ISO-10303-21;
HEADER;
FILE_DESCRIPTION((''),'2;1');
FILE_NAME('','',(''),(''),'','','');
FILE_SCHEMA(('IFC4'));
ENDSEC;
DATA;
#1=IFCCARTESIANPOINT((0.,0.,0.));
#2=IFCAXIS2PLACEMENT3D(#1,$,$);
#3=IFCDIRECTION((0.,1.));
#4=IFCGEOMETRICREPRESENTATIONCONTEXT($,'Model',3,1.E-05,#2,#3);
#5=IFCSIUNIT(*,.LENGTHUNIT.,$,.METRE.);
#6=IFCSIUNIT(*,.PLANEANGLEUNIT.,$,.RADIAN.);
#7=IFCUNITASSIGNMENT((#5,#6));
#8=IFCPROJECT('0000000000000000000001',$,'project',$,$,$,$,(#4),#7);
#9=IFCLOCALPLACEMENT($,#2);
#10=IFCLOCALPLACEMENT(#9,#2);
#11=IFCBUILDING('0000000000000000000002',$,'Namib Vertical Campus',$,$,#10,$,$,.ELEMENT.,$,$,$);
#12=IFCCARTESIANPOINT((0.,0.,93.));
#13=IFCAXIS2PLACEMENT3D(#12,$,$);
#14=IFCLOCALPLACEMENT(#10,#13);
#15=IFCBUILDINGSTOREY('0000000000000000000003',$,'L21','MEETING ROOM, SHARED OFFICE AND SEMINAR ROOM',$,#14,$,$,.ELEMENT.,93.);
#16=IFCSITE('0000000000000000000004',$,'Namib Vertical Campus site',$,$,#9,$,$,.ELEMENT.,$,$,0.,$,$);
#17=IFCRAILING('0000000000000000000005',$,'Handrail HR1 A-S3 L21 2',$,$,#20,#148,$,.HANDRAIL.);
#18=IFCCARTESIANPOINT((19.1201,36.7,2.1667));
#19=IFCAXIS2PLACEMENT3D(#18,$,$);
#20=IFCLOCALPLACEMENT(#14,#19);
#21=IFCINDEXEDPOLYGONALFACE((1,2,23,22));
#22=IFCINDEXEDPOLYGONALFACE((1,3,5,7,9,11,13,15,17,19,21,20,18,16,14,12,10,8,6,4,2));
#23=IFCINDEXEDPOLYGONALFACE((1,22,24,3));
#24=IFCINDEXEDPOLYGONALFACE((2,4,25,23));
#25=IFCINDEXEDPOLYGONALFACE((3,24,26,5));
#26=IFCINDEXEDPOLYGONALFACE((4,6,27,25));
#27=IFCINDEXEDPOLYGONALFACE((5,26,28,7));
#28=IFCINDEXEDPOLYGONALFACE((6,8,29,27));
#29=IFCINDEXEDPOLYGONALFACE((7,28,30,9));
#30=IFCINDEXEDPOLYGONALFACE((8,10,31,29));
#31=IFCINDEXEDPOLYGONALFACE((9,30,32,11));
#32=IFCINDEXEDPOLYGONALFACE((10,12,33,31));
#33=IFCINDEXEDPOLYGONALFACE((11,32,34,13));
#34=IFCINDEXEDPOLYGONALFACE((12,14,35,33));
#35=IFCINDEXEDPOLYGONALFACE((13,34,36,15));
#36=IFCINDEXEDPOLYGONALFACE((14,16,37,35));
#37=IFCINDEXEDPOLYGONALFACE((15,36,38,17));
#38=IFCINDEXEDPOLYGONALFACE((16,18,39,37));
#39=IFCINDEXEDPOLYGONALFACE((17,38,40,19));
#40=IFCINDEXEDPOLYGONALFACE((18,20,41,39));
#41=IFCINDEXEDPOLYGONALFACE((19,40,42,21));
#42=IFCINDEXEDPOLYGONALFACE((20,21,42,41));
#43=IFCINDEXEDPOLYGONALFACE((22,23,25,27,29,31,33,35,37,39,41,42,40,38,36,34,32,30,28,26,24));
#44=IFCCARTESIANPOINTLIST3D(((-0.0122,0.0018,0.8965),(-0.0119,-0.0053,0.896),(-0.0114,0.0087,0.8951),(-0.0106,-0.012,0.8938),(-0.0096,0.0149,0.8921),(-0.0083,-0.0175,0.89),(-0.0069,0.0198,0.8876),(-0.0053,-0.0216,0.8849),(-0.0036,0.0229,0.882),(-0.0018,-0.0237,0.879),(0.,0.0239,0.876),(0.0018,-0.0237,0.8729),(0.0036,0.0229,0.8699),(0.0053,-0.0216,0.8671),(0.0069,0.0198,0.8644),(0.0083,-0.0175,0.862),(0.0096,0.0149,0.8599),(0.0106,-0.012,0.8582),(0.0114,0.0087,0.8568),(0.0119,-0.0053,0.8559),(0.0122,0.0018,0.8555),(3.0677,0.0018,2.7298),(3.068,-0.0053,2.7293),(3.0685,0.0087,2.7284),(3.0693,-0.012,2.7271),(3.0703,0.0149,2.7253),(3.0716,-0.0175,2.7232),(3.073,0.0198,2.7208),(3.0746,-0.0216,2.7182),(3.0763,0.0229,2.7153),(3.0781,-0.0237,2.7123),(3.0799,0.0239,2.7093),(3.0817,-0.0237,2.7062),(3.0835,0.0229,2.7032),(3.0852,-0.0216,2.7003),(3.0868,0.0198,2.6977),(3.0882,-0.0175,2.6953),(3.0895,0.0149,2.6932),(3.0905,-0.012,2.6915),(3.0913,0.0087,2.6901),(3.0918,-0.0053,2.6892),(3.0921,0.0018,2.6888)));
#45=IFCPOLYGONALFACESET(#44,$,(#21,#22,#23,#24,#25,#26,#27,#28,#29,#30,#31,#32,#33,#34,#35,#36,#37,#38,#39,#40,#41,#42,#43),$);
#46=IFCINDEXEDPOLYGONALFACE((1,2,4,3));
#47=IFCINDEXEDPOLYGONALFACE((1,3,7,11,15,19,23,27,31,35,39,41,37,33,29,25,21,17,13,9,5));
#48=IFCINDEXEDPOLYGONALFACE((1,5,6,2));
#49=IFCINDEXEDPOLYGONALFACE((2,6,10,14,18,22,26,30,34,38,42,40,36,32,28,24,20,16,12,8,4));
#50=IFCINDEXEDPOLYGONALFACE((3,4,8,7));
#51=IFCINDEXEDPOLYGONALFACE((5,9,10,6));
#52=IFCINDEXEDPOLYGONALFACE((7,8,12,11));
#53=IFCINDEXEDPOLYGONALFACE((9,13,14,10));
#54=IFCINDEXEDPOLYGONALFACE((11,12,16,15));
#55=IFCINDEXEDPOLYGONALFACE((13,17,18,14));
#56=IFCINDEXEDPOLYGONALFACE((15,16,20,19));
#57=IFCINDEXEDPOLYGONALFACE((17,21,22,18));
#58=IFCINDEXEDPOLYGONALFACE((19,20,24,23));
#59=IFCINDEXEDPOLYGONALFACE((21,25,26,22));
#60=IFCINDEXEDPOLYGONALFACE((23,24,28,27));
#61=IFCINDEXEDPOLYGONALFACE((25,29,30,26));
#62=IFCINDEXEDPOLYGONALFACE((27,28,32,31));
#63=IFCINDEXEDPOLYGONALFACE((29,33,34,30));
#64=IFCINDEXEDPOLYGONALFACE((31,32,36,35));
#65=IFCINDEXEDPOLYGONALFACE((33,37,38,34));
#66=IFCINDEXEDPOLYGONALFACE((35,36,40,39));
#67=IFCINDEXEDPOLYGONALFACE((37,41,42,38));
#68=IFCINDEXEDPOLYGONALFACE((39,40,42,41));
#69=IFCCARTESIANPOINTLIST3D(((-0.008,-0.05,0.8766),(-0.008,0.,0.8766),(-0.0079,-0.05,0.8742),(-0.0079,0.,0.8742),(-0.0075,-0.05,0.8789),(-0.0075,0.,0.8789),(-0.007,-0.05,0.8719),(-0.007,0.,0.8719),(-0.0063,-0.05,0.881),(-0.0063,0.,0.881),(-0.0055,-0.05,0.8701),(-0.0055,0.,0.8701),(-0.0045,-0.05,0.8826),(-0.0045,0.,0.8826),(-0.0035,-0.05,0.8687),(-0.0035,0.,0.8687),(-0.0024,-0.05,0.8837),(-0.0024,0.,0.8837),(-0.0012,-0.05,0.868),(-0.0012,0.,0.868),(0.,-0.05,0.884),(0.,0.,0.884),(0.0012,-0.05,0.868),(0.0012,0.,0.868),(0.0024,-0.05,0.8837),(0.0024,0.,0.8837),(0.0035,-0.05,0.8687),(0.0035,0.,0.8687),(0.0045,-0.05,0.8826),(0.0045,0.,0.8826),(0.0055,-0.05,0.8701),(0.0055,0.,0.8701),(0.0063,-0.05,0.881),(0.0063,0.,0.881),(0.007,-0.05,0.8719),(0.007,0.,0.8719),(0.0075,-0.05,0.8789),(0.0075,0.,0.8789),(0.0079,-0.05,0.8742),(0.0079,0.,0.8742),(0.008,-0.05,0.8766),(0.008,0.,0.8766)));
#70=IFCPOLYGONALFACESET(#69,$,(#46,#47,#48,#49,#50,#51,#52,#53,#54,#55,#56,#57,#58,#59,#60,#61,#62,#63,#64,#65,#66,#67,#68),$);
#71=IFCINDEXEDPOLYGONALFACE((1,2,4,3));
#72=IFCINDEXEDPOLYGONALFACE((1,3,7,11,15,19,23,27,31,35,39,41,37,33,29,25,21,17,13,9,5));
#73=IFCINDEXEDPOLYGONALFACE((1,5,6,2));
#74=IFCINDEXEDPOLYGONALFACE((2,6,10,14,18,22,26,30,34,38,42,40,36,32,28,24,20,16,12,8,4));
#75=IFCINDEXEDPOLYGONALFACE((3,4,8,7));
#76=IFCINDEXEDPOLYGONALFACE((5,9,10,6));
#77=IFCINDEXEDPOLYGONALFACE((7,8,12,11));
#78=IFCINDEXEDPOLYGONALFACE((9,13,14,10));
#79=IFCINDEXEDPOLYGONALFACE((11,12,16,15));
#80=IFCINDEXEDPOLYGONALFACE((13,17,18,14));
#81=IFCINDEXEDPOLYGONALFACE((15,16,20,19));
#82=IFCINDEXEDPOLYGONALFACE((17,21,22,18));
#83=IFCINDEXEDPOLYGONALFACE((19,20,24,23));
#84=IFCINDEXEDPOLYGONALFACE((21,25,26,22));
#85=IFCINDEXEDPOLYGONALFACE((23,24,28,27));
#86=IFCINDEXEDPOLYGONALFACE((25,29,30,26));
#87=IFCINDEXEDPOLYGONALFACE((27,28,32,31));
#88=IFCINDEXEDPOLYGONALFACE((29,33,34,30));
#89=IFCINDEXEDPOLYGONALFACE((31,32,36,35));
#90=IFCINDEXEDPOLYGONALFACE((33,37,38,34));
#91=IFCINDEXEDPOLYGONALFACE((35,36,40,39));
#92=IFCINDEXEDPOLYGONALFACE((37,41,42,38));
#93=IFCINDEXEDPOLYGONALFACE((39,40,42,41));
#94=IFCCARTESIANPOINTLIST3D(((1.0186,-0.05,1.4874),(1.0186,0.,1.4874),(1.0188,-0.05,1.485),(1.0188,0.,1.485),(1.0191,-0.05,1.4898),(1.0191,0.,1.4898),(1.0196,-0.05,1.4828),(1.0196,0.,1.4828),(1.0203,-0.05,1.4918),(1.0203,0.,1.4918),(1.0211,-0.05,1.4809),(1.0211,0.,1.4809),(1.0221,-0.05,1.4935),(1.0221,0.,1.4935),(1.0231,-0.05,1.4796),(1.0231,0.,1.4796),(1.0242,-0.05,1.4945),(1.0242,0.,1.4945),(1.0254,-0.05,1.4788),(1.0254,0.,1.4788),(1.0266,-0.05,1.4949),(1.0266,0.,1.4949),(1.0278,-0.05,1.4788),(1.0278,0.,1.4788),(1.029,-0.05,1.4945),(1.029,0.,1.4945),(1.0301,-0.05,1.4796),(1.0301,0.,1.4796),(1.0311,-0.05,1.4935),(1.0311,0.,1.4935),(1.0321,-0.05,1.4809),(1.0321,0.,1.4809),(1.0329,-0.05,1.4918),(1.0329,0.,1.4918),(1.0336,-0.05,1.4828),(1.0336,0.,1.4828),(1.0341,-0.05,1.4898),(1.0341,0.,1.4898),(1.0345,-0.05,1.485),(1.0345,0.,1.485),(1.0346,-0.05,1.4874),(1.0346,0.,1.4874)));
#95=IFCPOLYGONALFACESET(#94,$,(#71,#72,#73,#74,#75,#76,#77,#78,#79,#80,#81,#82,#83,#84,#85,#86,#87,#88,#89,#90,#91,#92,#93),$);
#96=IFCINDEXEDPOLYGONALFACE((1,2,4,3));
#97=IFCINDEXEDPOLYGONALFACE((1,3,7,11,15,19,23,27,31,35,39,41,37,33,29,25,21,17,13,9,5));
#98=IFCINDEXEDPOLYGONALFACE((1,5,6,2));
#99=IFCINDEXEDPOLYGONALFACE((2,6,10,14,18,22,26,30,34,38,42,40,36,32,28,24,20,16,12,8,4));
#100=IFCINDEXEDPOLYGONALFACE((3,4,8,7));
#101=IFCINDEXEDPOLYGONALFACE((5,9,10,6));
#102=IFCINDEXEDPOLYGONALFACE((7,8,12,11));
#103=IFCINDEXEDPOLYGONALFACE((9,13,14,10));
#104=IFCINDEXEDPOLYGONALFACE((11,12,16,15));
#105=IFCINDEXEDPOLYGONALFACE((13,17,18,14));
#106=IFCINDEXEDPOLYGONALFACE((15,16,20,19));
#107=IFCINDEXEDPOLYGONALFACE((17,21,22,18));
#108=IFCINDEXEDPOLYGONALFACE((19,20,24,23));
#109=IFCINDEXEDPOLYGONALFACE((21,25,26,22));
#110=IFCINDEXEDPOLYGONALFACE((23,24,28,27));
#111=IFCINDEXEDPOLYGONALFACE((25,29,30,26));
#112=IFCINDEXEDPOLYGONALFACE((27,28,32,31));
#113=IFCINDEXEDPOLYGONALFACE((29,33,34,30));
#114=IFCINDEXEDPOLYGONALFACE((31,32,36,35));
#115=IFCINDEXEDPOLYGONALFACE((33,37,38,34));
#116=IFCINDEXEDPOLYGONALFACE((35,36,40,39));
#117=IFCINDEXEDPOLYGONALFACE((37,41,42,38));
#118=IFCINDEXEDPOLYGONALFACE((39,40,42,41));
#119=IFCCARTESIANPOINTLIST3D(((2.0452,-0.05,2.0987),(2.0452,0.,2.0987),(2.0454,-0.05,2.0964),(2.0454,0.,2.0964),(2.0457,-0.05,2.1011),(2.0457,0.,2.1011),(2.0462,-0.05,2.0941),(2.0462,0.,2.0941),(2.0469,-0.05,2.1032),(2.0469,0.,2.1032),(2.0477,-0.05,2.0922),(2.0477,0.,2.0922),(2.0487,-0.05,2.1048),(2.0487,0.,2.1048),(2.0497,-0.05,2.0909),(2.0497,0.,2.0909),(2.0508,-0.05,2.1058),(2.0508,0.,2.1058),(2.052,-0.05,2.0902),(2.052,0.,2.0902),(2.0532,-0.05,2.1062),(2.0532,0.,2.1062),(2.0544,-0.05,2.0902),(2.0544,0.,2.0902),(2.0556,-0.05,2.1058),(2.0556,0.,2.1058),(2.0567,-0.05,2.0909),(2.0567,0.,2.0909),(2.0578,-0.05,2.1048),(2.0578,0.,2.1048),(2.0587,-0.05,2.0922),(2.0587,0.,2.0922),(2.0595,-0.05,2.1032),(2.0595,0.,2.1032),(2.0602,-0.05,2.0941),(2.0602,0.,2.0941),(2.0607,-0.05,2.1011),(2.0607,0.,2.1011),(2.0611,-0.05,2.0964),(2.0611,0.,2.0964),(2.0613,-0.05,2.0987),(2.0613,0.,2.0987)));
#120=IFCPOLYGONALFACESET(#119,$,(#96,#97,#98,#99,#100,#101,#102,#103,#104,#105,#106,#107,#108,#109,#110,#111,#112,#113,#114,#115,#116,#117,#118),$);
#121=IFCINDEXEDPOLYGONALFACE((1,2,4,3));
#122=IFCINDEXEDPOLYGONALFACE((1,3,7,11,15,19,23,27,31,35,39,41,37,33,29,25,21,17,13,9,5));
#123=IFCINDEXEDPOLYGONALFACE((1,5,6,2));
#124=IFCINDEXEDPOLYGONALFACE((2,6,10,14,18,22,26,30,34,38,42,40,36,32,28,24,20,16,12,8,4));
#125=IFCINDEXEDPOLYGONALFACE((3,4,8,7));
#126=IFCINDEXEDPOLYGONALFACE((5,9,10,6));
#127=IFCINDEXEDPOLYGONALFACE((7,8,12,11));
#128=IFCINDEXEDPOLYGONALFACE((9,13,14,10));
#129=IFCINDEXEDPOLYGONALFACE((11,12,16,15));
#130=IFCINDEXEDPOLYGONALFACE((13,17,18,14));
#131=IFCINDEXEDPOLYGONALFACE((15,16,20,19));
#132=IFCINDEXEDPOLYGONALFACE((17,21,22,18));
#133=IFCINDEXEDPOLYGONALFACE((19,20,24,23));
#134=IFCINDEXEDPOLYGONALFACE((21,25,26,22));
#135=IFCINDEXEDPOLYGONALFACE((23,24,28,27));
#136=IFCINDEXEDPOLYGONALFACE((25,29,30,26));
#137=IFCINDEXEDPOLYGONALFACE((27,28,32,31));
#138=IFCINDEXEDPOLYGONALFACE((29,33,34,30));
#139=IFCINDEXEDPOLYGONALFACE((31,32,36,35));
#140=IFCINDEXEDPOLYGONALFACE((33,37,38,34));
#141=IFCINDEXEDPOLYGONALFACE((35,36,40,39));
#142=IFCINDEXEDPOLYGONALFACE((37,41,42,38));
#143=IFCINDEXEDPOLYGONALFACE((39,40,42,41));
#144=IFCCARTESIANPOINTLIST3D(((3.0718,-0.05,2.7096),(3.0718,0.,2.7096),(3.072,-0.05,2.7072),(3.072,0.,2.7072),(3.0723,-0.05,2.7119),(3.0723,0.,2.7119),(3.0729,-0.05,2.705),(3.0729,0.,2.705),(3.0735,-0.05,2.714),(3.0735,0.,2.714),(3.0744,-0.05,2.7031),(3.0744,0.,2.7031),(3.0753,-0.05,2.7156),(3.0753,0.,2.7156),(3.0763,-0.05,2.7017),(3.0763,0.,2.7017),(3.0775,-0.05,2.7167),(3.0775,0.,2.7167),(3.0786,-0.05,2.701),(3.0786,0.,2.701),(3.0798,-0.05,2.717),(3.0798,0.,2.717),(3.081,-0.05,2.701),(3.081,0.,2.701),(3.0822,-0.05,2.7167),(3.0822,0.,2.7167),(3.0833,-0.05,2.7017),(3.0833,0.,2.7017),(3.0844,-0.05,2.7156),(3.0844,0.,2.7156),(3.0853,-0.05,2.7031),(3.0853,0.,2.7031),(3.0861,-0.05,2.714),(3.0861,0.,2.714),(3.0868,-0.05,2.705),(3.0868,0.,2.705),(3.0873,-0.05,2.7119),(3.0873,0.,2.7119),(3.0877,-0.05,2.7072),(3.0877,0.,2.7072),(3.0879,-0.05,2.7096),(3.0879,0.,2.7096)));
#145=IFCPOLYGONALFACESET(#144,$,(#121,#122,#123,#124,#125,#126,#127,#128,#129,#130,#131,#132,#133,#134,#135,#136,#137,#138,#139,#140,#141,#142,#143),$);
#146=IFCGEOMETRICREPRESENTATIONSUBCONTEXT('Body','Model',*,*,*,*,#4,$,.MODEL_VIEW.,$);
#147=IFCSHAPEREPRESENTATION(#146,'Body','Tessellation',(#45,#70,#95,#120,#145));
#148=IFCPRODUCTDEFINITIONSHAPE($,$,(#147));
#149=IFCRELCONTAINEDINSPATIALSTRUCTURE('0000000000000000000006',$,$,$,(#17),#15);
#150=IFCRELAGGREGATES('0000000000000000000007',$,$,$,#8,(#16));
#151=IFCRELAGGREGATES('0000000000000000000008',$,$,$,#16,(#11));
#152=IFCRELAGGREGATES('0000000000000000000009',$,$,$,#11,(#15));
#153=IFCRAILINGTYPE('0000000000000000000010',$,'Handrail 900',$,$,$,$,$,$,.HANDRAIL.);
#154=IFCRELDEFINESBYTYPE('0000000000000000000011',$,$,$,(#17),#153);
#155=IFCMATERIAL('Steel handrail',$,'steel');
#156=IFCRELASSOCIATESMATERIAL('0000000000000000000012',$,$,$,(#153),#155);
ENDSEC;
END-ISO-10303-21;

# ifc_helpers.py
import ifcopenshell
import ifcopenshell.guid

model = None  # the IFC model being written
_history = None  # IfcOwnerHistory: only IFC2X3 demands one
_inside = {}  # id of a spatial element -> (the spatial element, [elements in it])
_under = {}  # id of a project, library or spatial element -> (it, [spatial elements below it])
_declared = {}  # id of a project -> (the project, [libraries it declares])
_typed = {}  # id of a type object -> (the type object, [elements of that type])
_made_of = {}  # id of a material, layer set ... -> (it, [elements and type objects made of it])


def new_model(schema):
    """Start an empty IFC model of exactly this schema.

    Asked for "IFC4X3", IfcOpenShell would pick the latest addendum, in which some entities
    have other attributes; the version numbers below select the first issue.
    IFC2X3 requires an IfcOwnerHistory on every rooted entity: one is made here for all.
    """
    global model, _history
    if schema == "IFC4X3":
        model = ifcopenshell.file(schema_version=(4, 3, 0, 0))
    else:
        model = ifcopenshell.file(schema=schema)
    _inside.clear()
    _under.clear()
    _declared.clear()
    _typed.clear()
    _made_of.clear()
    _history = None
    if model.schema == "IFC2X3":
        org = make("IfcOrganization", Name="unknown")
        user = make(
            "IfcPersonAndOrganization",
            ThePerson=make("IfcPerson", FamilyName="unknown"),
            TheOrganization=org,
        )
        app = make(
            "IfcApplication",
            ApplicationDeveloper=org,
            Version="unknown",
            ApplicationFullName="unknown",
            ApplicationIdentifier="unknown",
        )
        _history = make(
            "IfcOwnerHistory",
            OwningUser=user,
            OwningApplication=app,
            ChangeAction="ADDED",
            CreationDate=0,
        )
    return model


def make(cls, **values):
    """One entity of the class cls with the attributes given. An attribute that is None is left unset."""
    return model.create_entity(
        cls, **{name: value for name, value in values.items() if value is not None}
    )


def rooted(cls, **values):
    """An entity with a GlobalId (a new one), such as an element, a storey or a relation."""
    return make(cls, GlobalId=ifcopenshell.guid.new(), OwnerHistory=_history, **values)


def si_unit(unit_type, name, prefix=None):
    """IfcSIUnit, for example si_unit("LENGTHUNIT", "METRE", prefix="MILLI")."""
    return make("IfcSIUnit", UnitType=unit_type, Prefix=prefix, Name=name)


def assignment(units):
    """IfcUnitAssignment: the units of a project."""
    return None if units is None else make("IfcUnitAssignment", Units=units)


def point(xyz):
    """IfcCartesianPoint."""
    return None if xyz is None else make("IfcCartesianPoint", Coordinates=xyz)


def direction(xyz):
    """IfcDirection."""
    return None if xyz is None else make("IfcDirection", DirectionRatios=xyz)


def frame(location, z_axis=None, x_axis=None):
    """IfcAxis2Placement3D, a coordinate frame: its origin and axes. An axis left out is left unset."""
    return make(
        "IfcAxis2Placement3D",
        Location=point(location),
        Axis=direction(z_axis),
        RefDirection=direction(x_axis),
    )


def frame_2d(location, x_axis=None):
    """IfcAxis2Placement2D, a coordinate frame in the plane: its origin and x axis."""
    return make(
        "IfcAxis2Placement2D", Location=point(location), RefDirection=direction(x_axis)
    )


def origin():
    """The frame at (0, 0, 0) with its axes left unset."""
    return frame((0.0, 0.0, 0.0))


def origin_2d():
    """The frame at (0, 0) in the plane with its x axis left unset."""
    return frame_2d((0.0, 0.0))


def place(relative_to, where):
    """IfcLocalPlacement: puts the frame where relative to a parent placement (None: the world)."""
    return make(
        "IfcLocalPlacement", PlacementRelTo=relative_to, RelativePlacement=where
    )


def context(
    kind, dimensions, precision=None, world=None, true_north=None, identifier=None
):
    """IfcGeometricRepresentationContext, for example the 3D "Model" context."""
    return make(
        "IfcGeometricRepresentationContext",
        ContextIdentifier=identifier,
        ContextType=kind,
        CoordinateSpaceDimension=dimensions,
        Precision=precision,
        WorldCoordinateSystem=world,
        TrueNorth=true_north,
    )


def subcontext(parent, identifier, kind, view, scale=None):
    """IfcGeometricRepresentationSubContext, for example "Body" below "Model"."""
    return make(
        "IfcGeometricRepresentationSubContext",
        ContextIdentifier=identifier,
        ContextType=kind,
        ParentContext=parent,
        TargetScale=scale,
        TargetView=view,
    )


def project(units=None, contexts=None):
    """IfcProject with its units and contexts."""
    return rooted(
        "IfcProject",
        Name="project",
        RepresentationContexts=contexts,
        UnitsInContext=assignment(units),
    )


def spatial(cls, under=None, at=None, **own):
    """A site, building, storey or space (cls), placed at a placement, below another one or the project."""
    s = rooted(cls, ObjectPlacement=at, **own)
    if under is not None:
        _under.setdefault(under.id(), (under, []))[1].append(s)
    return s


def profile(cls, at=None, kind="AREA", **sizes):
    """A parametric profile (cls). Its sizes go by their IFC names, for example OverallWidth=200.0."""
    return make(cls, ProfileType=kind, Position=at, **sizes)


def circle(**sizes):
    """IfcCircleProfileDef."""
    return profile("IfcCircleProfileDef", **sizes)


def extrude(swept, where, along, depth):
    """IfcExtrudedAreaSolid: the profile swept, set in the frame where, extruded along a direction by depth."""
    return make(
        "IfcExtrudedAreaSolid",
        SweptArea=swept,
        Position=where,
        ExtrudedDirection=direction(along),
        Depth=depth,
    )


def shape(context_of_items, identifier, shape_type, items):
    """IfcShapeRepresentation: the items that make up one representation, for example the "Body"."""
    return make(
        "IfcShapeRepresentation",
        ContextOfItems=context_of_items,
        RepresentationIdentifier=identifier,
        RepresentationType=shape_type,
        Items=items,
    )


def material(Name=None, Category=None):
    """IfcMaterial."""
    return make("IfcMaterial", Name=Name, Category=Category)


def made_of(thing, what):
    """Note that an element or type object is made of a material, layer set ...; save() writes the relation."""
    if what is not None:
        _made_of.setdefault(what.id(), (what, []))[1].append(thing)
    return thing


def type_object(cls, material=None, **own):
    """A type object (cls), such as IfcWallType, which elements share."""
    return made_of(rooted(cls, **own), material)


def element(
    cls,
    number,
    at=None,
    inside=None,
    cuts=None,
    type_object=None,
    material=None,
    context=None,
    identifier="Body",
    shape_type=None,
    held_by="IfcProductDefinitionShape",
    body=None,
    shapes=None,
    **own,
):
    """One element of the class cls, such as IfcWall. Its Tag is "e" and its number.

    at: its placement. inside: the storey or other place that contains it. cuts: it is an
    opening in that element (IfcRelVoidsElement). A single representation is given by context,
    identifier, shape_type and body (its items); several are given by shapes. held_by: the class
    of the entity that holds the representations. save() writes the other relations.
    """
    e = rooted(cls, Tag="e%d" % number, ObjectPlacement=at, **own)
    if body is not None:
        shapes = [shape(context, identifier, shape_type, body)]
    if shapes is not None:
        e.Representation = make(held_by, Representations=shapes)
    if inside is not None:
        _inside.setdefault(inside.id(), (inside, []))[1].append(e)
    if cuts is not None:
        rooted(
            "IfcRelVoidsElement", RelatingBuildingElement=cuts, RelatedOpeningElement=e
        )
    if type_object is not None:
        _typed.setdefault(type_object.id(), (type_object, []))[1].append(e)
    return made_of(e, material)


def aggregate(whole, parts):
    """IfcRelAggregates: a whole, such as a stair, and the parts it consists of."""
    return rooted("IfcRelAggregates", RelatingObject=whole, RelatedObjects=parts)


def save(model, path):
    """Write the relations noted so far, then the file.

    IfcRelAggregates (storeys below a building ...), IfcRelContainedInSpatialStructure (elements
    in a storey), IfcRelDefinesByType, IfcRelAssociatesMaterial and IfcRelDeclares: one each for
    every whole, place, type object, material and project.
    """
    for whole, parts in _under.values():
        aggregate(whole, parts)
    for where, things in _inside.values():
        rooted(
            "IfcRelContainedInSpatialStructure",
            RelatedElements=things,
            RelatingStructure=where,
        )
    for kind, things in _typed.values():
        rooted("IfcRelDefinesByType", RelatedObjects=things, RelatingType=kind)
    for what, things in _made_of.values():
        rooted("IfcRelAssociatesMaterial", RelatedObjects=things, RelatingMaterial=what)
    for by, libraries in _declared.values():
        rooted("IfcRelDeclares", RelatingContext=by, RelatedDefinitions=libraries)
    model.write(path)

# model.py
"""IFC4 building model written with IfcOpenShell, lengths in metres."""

from ifc_helpers import new_model, si_unit, direction, frame, origin, origin_2d, place, context, subcontext, project, spatial, circle, extrude, material, type_object, element, save


model = new_model("IFC4")

# Units and contexts
model_context = context("Model", 3, precision=1e-05, world=origin(), true_north=direction((0.0, 1.0)))
body_context = subcontext(model_context, "Body", "Model", "MODEL_VIEW")
ifc_project = project(units=[si_unit("LENGTHUNIT", "METRE"), si_unit("PLANEANGLEUNIT", "RADIAN")], contexts=[model_context])

# Site, building, storey
site_placement = place(None, origin())
site = spatial("IfcSite", under=ifc_project, at=site_placement, Name="Namib Vertical Campus site", CompositionType="ELEMENT", RefElevation=0.0)
building_placement = place(site_placement, origin())
building = spatial("IfcBuilding", under=site, at=building_placement, Name="Namib Vertical Campus", CompositionType="ELEMENT")
storey_placement = place(building_placement, frame((0.0, 0.0, 93.0)))
storey = spatial("IfcBuildingStorey", under=building, at=storey_placement, Name="L21", Description="MEETING ROOM, SHARED OFFICE AND SEMINAR ROOM", CompositionType="ELEMENT", Elevation=93.0)

# Railing
ifc_material_1 = material(Name="Steel handrail", Category="steel")
railing_type = type_object("IfcRailingType", Name="Handrail 900", PredefinedType="HANDRAIL", material=ifc_material_1)
railing_placement = place(storey_placement, frame((19.1201, 36.7, 2.1667)))
element("IfcRailing", 1, at=railing_placement, inside=storey, type_object=railing_type, Name="Handrail HR1 A-S3 L21 2", PredefinedType="HANDRAIL", context=body_context, shape_type="SweptSolid", body=[
    extrude(circle(Radius=0.0239, at=origin_2d()), frame((0.0, 0.0, 0.876), z_axis=(0.859291, 0.0, 0.511487), x_axis=(0.0, 1.0, 0.0)), (0.0, 0.0, 1.0), 3.5842),
    extrude(circle(Radius=0.0081, at=origin_2d()), frame((0.0, 0.0, 0.876), z_axis=(0.0, -1.0, 0.0), x_axis=(0.0, 0.0, 1.0)), (0.0, 0.0, 1.0), 0.05),
    extrude(circle(Radius=0.0081, at=origin_2d()), frame((1.0266, 0.0, 1.4868), z_axis=(0.0, -1.0, 0.0), x_axis=(0.0, 0.0, 1.0)), (0.0, 0.0, 1.0), 0.05),
    extrude(circle(Radius=0.0081, at=origin_2d()), frame((2.0532, 0.0, 2.0981), z_axis=(0.0, -1.0, 0.0), x_axis=(0.0, 0.0, 1.0)), (0.0, 0.0, 1.0), 0.05),
    extrude(circle(Radius=0.0081, at=origin_2d()), frame((3.0798, 0.0, 2.709), z_axis=(0.0, -1.0, 0.0), x_axis=(0.0, 0.0, 1.0)), (0.0, 0.0, 1.0), 0.05),
])

save(model, "model.ifc")
